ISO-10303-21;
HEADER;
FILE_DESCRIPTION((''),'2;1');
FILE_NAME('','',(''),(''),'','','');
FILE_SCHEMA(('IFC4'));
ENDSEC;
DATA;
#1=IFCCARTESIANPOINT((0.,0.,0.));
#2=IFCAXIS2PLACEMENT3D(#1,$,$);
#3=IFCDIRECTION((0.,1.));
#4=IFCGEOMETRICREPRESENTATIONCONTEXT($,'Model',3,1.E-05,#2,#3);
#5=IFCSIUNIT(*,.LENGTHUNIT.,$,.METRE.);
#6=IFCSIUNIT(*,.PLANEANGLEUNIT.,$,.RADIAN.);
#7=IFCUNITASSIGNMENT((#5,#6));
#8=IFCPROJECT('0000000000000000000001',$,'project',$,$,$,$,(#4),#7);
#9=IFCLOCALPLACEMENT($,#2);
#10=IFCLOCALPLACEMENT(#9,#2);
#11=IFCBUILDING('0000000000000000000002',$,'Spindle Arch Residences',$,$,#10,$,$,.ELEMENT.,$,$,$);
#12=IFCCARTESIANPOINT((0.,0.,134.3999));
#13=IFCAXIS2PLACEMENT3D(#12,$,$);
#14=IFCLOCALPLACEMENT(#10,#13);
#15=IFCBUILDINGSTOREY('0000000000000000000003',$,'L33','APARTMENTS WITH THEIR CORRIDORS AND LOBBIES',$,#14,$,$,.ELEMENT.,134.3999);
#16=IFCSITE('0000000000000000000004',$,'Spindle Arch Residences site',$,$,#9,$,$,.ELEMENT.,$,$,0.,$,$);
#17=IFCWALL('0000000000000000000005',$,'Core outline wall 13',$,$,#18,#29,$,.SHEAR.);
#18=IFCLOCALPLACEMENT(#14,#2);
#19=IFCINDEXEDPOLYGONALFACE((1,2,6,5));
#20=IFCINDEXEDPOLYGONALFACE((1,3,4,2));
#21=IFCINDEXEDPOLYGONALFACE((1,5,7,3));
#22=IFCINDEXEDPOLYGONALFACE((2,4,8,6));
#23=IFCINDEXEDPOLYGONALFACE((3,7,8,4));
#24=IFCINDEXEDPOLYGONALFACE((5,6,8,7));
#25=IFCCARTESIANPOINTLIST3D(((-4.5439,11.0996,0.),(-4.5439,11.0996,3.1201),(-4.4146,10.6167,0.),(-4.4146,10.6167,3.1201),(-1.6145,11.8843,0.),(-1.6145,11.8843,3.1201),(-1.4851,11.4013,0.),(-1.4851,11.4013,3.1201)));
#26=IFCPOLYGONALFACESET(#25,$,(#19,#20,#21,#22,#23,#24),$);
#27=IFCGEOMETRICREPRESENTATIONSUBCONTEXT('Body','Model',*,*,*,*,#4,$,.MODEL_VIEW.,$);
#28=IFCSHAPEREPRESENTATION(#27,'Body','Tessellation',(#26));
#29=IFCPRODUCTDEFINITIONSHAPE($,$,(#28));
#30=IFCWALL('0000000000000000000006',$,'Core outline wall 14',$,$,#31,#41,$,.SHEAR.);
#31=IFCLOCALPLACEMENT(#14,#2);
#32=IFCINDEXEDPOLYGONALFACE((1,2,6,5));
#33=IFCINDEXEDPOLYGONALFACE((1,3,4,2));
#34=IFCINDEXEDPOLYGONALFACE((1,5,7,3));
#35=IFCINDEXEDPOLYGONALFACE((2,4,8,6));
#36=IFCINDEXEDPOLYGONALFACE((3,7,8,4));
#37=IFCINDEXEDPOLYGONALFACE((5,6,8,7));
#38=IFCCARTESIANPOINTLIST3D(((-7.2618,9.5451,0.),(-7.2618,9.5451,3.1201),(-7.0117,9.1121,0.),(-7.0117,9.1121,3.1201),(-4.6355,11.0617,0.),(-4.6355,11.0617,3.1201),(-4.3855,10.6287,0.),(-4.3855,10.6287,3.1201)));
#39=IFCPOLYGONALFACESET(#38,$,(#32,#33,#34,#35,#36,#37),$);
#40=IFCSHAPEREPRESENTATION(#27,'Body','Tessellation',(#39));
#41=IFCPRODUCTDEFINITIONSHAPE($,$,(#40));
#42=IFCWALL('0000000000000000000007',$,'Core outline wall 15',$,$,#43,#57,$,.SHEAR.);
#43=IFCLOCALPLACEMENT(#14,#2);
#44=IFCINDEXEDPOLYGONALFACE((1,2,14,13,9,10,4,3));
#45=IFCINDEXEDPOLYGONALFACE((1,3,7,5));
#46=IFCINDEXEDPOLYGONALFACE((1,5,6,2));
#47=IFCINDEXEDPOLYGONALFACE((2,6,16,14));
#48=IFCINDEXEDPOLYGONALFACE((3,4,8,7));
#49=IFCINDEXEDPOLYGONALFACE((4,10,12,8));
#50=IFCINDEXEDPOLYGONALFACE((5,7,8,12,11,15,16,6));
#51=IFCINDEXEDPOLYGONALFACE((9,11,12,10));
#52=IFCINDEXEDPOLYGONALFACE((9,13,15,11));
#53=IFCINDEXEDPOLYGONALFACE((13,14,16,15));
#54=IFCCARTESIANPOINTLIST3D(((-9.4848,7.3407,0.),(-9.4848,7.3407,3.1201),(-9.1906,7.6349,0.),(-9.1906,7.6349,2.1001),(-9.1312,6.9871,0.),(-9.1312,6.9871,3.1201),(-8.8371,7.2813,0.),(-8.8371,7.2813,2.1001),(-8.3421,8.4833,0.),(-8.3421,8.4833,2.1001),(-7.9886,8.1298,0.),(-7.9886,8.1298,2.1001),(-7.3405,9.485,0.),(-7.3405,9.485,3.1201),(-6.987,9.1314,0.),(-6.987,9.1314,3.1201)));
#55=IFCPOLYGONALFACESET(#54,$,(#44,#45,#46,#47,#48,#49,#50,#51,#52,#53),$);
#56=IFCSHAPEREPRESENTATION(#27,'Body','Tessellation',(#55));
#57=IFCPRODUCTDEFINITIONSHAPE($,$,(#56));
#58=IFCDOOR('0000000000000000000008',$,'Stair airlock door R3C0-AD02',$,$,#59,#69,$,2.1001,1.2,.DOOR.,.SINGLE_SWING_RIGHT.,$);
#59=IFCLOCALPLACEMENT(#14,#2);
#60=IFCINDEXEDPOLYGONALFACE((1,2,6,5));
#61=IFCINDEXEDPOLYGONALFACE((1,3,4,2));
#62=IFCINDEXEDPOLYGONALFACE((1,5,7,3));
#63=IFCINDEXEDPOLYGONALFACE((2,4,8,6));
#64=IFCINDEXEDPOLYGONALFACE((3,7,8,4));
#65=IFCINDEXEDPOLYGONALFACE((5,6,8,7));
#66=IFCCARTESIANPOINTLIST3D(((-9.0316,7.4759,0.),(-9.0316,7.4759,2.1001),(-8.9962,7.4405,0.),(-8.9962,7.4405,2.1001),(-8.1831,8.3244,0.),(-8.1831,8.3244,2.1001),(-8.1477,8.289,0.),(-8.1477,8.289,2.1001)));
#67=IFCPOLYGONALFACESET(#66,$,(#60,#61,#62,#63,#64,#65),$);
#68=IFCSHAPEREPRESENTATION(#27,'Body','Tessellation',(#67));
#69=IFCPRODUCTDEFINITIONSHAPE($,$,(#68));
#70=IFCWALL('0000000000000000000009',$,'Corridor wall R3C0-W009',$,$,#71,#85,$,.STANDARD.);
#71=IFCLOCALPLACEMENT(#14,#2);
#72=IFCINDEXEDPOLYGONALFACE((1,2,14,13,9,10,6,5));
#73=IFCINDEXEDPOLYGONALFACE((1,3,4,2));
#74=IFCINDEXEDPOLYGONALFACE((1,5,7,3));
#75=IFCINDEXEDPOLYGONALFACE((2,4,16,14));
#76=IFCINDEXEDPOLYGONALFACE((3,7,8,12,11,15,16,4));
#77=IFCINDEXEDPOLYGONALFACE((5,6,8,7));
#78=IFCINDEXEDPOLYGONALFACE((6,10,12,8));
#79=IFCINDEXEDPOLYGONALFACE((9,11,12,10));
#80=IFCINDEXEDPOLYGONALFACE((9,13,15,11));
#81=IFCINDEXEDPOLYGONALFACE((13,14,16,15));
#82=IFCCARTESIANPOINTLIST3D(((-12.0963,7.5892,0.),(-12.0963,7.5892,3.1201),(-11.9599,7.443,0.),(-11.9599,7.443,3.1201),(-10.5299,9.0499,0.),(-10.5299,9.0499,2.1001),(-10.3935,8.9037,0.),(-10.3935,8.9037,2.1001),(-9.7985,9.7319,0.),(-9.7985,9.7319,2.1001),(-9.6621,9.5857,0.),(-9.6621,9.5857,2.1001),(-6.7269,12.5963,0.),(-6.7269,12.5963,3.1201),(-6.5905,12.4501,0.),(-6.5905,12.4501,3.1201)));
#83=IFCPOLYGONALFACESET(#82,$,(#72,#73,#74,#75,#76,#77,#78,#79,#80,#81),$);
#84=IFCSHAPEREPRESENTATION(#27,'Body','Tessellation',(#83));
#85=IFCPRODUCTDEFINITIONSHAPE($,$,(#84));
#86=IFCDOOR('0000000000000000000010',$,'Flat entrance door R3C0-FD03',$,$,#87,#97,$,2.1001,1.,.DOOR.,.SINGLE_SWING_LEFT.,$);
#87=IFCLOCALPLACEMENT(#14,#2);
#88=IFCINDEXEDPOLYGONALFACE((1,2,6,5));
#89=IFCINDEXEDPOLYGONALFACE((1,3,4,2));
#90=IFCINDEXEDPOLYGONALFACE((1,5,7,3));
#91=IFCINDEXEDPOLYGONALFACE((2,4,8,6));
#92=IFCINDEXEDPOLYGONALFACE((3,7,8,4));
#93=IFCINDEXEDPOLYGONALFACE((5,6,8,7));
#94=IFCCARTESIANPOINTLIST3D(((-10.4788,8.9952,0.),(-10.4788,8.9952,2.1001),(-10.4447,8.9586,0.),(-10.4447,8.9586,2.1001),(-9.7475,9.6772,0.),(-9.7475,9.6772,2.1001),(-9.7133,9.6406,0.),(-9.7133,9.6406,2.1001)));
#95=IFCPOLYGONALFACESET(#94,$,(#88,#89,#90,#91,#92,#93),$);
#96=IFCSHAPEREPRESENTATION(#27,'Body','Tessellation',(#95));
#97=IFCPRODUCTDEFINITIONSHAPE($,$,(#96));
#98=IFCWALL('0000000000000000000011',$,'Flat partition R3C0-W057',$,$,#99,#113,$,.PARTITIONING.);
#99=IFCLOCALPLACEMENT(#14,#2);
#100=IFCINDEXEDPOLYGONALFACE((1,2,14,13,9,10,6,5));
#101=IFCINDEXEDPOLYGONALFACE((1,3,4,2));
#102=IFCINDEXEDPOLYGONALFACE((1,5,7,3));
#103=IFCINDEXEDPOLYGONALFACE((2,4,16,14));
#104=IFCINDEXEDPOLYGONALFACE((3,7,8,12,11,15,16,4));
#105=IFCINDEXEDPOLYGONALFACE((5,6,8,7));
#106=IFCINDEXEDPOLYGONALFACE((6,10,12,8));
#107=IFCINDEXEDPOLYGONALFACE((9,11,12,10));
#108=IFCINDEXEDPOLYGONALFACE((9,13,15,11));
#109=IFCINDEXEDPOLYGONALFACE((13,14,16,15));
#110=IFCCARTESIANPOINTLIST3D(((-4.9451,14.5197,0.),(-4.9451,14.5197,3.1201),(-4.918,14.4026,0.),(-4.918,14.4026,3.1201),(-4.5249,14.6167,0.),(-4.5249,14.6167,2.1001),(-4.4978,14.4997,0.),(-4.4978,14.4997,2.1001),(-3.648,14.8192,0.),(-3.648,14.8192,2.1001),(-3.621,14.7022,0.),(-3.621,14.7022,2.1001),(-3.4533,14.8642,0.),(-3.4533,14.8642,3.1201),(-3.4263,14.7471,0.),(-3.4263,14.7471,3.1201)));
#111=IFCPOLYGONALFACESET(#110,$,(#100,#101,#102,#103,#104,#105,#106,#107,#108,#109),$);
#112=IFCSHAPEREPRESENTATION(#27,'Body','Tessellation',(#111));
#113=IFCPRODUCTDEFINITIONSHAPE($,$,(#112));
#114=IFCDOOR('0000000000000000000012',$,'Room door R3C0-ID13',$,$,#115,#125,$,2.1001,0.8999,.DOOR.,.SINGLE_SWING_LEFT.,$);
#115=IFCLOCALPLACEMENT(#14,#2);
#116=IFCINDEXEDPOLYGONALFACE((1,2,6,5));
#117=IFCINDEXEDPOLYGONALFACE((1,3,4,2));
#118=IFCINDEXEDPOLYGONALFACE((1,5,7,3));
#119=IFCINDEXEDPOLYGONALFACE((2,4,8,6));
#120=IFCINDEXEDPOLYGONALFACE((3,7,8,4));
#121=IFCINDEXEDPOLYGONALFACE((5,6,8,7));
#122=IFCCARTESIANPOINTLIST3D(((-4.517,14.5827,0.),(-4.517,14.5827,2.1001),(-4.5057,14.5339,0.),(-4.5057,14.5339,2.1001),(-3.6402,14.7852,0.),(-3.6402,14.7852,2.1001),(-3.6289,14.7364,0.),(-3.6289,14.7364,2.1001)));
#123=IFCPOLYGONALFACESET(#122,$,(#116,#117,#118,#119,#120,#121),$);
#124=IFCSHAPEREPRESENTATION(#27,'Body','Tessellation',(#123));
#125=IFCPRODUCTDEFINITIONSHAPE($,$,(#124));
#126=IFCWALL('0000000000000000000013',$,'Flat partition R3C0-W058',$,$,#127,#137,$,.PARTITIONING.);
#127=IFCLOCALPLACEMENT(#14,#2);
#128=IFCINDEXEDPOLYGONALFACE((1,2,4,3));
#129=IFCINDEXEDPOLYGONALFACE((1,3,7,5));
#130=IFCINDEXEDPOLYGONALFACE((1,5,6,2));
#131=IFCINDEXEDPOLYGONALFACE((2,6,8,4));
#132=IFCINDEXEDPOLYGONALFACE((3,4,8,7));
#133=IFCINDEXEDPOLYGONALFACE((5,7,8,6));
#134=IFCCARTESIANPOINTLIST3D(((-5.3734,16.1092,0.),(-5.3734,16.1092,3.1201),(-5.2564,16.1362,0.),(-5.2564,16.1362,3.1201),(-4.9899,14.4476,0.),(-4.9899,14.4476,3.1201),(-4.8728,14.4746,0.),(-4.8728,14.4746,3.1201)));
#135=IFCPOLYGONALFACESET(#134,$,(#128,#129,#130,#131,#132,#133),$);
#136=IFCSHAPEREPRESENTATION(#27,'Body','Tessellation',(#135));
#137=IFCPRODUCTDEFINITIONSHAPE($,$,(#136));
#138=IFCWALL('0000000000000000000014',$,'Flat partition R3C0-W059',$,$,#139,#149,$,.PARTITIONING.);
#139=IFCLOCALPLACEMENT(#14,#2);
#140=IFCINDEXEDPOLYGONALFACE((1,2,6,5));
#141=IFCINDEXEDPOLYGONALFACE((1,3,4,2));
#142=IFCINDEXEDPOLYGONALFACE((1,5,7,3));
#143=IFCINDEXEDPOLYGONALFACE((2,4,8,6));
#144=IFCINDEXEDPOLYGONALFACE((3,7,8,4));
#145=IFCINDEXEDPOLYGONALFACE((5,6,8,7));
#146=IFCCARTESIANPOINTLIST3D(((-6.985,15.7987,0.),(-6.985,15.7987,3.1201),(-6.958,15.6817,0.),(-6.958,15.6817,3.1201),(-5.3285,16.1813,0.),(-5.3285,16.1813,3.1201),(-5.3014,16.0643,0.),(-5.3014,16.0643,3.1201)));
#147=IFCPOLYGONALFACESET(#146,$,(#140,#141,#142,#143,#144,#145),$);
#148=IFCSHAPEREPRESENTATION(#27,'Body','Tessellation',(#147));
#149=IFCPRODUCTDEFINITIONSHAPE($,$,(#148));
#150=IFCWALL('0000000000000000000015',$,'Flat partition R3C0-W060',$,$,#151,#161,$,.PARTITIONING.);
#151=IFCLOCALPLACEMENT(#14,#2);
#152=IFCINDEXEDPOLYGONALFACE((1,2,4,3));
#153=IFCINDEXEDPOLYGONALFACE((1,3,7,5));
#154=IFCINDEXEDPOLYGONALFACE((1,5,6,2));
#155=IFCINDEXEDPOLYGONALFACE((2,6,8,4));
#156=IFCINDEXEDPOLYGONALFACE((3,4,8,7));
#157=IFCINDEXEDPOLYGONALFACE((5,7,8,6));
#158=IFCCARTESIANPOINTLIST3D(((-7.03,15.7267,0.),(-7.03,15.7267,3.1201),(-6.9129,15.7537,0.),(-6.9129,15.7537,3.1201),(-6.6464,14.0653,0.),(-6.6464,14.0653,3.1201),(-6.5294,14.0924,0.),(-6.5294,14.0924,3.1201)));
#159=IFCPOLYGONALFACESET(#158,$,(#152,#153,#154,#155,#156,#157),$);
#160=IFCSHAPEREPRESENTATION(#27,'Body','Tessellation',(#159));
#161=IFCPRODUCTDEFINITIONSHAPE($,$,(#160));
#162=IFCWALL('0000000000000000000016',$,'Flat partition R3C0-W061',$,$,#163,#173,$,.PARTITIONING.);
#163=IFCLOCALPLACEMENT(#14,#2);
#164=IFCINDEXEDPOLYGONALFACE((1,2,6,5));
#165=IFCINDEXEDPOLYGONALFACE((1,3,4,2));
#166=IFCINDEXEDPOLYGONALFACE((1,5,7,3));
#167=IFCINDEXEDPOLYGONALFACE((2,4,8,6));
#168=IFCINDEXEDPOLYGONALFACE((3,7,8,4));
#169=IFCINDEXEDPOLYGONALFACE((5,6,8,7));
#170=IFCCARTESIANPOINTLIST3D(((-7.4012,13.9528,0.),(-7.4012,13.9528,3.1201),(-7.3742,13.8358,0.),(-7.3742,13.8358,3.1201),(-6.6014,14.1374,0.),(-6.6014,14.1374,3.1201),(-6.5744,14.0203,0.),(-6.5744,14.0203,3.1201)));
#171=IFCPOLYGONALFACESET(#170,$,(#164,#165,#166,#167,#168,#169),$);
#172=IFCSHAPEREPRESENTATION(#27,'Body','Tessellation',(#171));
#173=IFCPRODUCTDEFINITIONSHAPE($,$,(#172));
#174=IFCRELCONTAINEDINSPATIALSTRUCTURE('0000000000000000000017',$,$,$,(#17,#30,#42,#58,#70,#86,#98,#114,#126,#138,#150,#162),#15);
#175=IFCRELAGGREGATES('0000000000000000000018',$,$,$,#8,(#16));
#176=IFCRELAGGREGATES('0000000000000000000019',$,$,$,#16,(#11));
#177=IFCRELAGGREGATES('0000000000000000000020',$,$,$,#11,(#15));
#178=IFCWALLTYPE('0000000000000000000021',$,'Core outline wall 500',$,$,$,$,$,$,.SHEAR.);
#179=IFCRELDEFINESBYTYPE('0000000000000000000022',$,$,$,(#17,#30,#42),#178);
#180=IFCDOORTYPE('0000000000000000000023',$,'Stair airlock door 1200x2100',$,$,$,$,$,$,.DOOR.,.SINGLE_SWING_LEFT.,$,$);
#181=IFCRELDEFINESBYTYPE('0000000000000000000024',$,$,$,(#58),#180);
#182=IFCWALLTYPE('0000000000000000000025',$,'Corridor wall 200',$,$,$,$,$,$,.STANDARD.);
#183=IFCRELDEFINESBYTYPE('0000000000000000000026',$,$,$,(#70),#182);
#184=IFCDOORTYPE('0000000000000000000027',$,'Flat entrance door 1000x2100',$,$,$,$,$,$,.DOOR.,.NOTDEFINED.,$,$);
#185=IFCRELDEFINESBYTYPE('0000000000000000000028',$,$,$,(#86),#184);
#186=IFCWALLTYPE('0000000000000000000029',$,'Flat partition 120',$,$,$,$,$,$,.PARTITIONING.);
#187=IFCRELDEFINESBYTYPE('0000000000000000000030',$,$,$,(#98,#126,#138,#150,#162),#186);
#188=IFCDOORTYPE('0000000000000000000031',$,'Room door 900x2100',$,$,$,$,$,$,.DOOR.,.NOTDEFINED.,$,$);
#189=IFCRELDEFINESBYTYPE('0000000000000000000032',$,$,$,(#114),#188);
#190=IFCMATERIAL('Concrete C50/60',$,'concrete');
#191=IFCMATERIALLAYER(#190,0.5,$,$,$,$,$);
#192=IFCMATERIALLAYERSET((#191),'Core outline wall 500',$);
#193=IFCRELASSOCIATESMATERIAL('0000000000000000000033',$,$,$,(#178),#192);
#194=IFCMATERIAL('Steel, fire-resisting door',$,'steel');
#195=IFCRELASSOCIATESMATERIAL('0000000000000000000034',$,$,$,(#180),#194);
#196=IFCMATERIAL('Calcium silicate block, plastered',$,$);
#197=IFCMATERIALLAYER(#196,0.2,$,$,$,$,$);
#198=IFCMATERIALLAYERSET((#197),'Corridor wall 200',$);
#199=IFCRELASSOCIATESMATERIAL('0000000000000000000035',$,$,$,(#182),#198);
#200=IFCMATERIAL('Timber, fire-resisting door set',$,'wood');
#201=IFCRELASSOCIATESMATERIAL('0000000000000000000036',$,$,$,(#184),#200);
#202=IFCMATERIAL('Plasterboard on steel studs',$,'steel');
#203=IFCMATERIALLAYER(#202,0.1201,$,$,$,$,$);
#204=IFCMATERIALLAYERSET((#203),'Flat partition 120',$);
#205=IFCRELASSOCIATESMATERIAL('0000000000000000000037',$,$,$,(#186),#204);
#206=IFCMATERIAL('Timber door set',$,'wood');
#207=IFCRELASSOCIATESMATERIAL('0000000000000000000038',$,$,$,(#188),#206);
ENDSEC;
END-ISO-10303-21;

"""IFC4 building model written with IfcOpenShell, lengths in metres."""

from ifc_helpers import new_model, si_unit, direction, frame, frame_2d, origin, place, context, subcontext, project, spatial, rectangle, extrude, material, layer, layer_set, type_object, element, fill, save


model = new_model("IFC4")

# Units and contexts
model_context = context("Model", 3, precision=1e-05, world=origin(), true_north=direction((0.0, 1.0)))
body_context = subcontext(model_context, "Body", "Model", "MODEL_VIEW")
ifc_project = project(units=[si_unit("LENGTHUNIT", "METRE"), si_unit("PLANEANGLEUNIT", "RADIAN")], contexts=[model_context])

# Site, building, storey
site_placement = place(None, origin())
site = spatial("IfcSite", under=ifc_project, at=site_placement, Name="Spindle Arch Residences site", CompositionType="ELEMENT", RefElevation=0.0)
building_placement = place(site_placement, origin())
building = spatial("IfcBuilding", under=site, at=building_placement, Name="Spindle Arch Residences", CompositionType="ELEMENT")
storey_placement = place(building_placement, frame((0.0, 0.0, 134.3999)))
storey = spatial("IfcBuildingStorey", under=building, at=storey_placement, Name="L33", Description="APARTMENTS WITH THEIR CORRIDORS AND LOBBIES", CompositionType="ELEMENT", Elevation=134.3999)

# Walls
ifc_material_1 = material(Name="Concrete C50/60", Category="concrete")
ifc_layer_1 = layer(ifc_material_1, 0.5)
ifc_layer_set_1 = layer_set([ifc_layer_1], Name="Core outline wall 500")
wall_type_1 = type_object("IfcWallType", Name="Core outline wall 500", PredefinedType="SHEAR", material=ifc_layer_set_1)
for number, where, z_axis, x_axis, name in (
    (1, (-1.5498, 11.6428, 0.0), (0.0, 0.0, 1.0), (-0.965948, -0.258735, 0.0), "Core outline wall 13"),
    (2, (-4.5105, 10.8452, 0.0), (0.0, 0.0, 1.0), (-0.865975, -0.500087, 0.0), "Core outline wall 14"),
):
    element("IfcWall", number, at=place(storey_placement, frame(where, z_axis=z_axis, x_axis=x_axis)), inside=storey, type_object=wall_type_1, Name=name, PredefinedType="SHEAR", context=body_context, shape_type="SweptSolid", body=[
        extrude(rectangle(XDim=3.0327, YDim=0.5, at=frame_2d((1.5164, 0.0))), origin(), (0.0, 0.0, 1.0), 3.1201),
    ])

# Walls, openings, doors
wall_1_placement = place(storey_placement, frame((-7.1638, 9.3081, 0.0), z_axis=(0.0, 0.0, 1.0), x_axis=(-0.707107, -0.707107, 0.0)))
wall_1 = element("IfcWall", 3, at=wall_1_placement, inside=storey, type_object=wall_type_1, Name="Core outline wall 15", PredefinedType="SHEAR", context=body_context, shape_type="SweptSolid", body=[
    extrude(rectangle(XDim=3.0325, YDim=0.5, at=frame_2d((1.5161, 0.0))), origin(), (0.0, 0.0, 1.0), 3.1201),
])
opening_1_placement = place(wall_1_placement, frame((1.4163, 0.0, 0.0)))
opening_1 = element("IfcOpeningElement", 4, at=opening_1_placement, cuts=wall_1, PredefinedType="OPENING", context=body_context, shape_type="SweptSolid", body=[
    extrude(rectangle(XDim=1.2, YDim=2.1001, at=frame_2d((0.6001, 1.05))), frame((0.0, 0.26, 0.0), z_axis=(0.0, -1.0, 0.0), x_axis=(1.0, 0.0, 0.0)), (0.0, 0.0, 1.0), 0.52),
])
ifc_material_2 = material(Name="Steel, fire-resisting door", Category="steel")
door_type_1 = type_object("IfcDoorType", Name="Stair airlock door 1200x2100", OperationType="SINGLE_SWING_LEFT", PredefinedType="DOOR", material=ifc_material_2)
door_1_placement = place(opening_1_placement, origin())
door_1 = element("IfcDoor", 5, at=door_1_placement, inside=storey, type_object=door_type_1, Name="Stair airlock door R3C0-AD02", OperationType="SINGLE_SWING_RIGHT", OverallHeight=2.1001, OverallWidth=1.2, PredefinedType="DOOR", context=body_context, shape_type="SweptSolid", body=[
    extrude(rectangle(XDim=1.2, YDim=2.1001, at=frame_2d((0.6001, 1.05))), frame((0.0, 0.0249, 0.0), z_axis=(0.0, -1.0, 0.0), x_axis=(1.0, 0.0, 0.0)), (0.0, 0.0, 1.0), 0.05),
])
fill(opening_1, door_1)
ifc_material_3 = material(Name="Calcium silicate block, plastered")
ifc_layer_2 = layer(ifc_material_3, 0.2)
ifc_layer_set_2 = layer_set([ifc_layer_2], Name="Corridor wall 200")
wall_type_2 = type_object("IfcWallType", Name="Corridor wall 200", PredefinedType="STANDARD", material=ifc_layer_set_2)
wall_2_placement = place(storey_placement, frame((-6.6587, 12.5232, 0.0), z_axis=(0.0, 0.0, 1.0), x_axis=(-0.73135, -0.682002, 0.0)))
wall_2 = element("IfcWall", 6, at=wall_2_placement, inside=storey, type_object=wall_type_2, Name="Corridor wall R3C0-W009", PredefinedType="STANDARD", context=body_context, shape_type="SweptSolid", body=[
    extrude(rectangle(XDim=7.3418, YDim=0.2, at=frame_2d((3.6709, 0.0))), origin(), (0.0, 0.0, 1.0), 3.1201),
])
opening_2_placement = place(wall_2_placement, frame((4.2, 0.0, 0.0)))
opening_2 = element("IfcOpeningElement", 7, at=opening_2_placement, cuts=wall_2, PredefinedType="OPENING", context=body_context, shape_type="SweptSolid", body=[
    extrude(rectangle(XDim=1.0, YDim=2.1001, at=frame_2d((0.5, 1.05))), frame((0.0, 0.1099, 0.0), z_axis=(0.0, -1.0, 0.0), x_axis=(1.0, 0.0, 0.0)), (0.0, 0.0, 1.0), 0.22),
])
ifc_material_4 = material(Name="Timber, fire-resisting door set", Category="wood")
door_type_2 = type_object("IfcDoorType", Name="Flat entrance door 1000x2100", OperationType="NOTDEFINED", PredefinedType="DOOR", material=ifc_material_4)
door_2_placement = place(opening_2_placement, origin())
door_2 = element("IfcDoor", 8, at=door_2_placement, inside=storey, type_object=door_type_2, Name="Flat entrance door R3C0-FD03", OperationType="SINGLE_SWING_LEFT", OverallHeight=2.1001, OverallWidth=1.0, PredefinedType="DOOR", context=body_context, shape_type="SweptSolid", body=[
    extrude(rectangle(XDim=1.0, YDim=2.1001, at=frame_2d((0.5, 1.05))), frame((0.0, 0.0249, 0.0), z_axis=(0.0, -1.0, 0.0), x_axis=(1.0, 0.0, 0.0)), (0.0, 0.0, 1.0), 0.05),
])
fill(opening_2, door_2)
ifc_material_5 = material(Name="Plasterboard on steel studs", Category="steel")
ifc_layer_3 = layer(ifc_material_5, 0.1201)
ifc_layer_set_3 = layer_set([ifc_layer_3], Name="Flat partition 120")
wall_type_3 = type_object("IfcWallType", Name="Flat partition 120", PredefinedType="PARTITIONING", material=ifc_layer_set_3)
wall_3_placement = place(storey_placement, frame((-3.4397, 14.8057, 0.0), z_axis=(0.0, 0.0, 1.0), x_axis=(-0.974356, -0.225011, 0.0)))
wall_3 = element("IfcWall", 9, at=wall_3_placement, inside=storey, type_object=wall_type_3, Name="Flat partition R3C0-W057", PredefinedType="PARTITIONING", context=body_context, shape_type="SweptSolid", body=[
    extrude(rectangle(XDim=1.531, YDim=0.1201, at=frame_2d((0.7656, 0.0))), origin(), (0.0, 0.0, 1.0), 3.1201),
])
opening_3_placement = place(wall_3_placement, frame((0.2, 0.0, 0.0)))
opening_3 = element("IfcOpeningElement", 10, at=opening_3_placement, cuts=wall_3, PredefinedType="OPENING", context=body_context, shape_type="SweptSolid", body=[
    extrude(rectangle(XDim=0.8999, YDim=2.1001, at=frame_2d((0.45, 1.05))), frame((0.0, 0.0701, 0.0), z_axis=(0.0, -1.0, 0.0), x_axis=(1.0, 0.0, 0.0)), (0.0, 0.0, 1.0), 0.1401),
])
ifc_material_6 = material(Name="Timber door set", Category="wood")
door_type_3 = type_object("IfcDoorType", Name="Room door 900x2100", OperationType="NOTDEFINED", PredefinedType="DOOR", material=ifc_material_6)
door_3_placement = place(opening_3_placement, origin())
door_3 = element("IfcDoor", 11, at=door_3_placement, inside=storey, type_object=door_type_3, Name="Room door R3C0-ID13", OperationType="SINGLE_SWING_LEFT", OverallHeight=2.1001, OverallWidth=0.8999, PredefinedType="DOOR", context=body_context, shape_type="SweptSolid", body=[
    extrude(rectangle(XDim=0.8999, YDim=2.1001, at=frame_2d((0.45, 1.05))), frame((0.0, 0.0249, 0.0), z_axis=(0.0, -1.0, 0.0), x_axis=(1.0, 0.0, 0.0)), (0.0, 0.0, 1.0), 0.05),
])
fill(opening_3, door_3)

# Walls
wall_4_placement = place(storey_placement, frame((-4.9314, 14.4612, 0.0), z_axis=(0.0, 0.0, 1.0), x_axis=(-0.224912, 0.974379, 0.0)))
element("IfcWall", 12, at=wall_4_placement, inside=storey, type_object=wall_type_3, Name="Flat partition R3C0-W058", PredefinedType="PARTITIONING", context=body_context, shape_type="SweptSolid", body=[
    extrude(rectangle(XDim=1.7053, YDim=0.1201, at=frame_2d((0.8525, 0.0))), origin(), (0.0, 0.0, 1.0), 3.1201),
])
wall_5_placement = place(storey_placement, frame((-5.3149, 16.1228, 0.0), z_axis=(0.0, 0.0, 1.0), x_axis=(-0.974352, -0.225027, 0.0)))
element("IfcWall", 13, at=wall_5_placement, inside=storey, type_object=wall_type_3, Name="Flat partition R3C0-W059", PredefinedType="PARTITIONING", context=body_context, shape_type="SweptSolid", body=[
    extrude(rectangle(XDim=1.7002, YDim=0.1201, at=frame_2d((0.8501, 0.0))), origin(), (0.0, 0.0, 1.0), 3.1201),
])
wall_6_placement = place(storey_placement, frame((-6.9714, 15.7402, 0.0), z_axis=(0.0, 0.0, 1.0), x_axis=(0.224943, -0.974372, 0.0)))
element("IfcWall", 14, at=wall_6_placement, inside=storey, type_object=wall_type_3, Name="Flat partition R3C0-W060", PredefinedType="PARTITIONING", context=body_context, shape_type="SweptSolid", body=[
    extrude(rectangle(XDim=1.7051, YDim=0.1201, at=frame_2d((0.8525, 0.0))), origin(), (0.0, 0.0, 1.0), 3.1201),
])
wall_7_placement = place(storey_placement, frame((-6.5879, 14.0789, 0.0), z_axis=(0.0, 0.0, 1.0), x_axis=(-0.974391, -0.22486, 0.0)))
element("IfcWall", 15, at=wall_7_placement, inside=storey, type_object=wall_type_3, Name="Flat partition R3C0-W061", PredefinedType="PARTITIONING", context=body_context, shape_type="SweptSolid", body=[
    extrude(rectangle(XDim=0.8208, YDim=0.1201, at=frame_2d((0.4104, 0.0))), origin(), (0.0, 0.0, 1.0), 3.1201),
])

save(model, "model.ifc")
